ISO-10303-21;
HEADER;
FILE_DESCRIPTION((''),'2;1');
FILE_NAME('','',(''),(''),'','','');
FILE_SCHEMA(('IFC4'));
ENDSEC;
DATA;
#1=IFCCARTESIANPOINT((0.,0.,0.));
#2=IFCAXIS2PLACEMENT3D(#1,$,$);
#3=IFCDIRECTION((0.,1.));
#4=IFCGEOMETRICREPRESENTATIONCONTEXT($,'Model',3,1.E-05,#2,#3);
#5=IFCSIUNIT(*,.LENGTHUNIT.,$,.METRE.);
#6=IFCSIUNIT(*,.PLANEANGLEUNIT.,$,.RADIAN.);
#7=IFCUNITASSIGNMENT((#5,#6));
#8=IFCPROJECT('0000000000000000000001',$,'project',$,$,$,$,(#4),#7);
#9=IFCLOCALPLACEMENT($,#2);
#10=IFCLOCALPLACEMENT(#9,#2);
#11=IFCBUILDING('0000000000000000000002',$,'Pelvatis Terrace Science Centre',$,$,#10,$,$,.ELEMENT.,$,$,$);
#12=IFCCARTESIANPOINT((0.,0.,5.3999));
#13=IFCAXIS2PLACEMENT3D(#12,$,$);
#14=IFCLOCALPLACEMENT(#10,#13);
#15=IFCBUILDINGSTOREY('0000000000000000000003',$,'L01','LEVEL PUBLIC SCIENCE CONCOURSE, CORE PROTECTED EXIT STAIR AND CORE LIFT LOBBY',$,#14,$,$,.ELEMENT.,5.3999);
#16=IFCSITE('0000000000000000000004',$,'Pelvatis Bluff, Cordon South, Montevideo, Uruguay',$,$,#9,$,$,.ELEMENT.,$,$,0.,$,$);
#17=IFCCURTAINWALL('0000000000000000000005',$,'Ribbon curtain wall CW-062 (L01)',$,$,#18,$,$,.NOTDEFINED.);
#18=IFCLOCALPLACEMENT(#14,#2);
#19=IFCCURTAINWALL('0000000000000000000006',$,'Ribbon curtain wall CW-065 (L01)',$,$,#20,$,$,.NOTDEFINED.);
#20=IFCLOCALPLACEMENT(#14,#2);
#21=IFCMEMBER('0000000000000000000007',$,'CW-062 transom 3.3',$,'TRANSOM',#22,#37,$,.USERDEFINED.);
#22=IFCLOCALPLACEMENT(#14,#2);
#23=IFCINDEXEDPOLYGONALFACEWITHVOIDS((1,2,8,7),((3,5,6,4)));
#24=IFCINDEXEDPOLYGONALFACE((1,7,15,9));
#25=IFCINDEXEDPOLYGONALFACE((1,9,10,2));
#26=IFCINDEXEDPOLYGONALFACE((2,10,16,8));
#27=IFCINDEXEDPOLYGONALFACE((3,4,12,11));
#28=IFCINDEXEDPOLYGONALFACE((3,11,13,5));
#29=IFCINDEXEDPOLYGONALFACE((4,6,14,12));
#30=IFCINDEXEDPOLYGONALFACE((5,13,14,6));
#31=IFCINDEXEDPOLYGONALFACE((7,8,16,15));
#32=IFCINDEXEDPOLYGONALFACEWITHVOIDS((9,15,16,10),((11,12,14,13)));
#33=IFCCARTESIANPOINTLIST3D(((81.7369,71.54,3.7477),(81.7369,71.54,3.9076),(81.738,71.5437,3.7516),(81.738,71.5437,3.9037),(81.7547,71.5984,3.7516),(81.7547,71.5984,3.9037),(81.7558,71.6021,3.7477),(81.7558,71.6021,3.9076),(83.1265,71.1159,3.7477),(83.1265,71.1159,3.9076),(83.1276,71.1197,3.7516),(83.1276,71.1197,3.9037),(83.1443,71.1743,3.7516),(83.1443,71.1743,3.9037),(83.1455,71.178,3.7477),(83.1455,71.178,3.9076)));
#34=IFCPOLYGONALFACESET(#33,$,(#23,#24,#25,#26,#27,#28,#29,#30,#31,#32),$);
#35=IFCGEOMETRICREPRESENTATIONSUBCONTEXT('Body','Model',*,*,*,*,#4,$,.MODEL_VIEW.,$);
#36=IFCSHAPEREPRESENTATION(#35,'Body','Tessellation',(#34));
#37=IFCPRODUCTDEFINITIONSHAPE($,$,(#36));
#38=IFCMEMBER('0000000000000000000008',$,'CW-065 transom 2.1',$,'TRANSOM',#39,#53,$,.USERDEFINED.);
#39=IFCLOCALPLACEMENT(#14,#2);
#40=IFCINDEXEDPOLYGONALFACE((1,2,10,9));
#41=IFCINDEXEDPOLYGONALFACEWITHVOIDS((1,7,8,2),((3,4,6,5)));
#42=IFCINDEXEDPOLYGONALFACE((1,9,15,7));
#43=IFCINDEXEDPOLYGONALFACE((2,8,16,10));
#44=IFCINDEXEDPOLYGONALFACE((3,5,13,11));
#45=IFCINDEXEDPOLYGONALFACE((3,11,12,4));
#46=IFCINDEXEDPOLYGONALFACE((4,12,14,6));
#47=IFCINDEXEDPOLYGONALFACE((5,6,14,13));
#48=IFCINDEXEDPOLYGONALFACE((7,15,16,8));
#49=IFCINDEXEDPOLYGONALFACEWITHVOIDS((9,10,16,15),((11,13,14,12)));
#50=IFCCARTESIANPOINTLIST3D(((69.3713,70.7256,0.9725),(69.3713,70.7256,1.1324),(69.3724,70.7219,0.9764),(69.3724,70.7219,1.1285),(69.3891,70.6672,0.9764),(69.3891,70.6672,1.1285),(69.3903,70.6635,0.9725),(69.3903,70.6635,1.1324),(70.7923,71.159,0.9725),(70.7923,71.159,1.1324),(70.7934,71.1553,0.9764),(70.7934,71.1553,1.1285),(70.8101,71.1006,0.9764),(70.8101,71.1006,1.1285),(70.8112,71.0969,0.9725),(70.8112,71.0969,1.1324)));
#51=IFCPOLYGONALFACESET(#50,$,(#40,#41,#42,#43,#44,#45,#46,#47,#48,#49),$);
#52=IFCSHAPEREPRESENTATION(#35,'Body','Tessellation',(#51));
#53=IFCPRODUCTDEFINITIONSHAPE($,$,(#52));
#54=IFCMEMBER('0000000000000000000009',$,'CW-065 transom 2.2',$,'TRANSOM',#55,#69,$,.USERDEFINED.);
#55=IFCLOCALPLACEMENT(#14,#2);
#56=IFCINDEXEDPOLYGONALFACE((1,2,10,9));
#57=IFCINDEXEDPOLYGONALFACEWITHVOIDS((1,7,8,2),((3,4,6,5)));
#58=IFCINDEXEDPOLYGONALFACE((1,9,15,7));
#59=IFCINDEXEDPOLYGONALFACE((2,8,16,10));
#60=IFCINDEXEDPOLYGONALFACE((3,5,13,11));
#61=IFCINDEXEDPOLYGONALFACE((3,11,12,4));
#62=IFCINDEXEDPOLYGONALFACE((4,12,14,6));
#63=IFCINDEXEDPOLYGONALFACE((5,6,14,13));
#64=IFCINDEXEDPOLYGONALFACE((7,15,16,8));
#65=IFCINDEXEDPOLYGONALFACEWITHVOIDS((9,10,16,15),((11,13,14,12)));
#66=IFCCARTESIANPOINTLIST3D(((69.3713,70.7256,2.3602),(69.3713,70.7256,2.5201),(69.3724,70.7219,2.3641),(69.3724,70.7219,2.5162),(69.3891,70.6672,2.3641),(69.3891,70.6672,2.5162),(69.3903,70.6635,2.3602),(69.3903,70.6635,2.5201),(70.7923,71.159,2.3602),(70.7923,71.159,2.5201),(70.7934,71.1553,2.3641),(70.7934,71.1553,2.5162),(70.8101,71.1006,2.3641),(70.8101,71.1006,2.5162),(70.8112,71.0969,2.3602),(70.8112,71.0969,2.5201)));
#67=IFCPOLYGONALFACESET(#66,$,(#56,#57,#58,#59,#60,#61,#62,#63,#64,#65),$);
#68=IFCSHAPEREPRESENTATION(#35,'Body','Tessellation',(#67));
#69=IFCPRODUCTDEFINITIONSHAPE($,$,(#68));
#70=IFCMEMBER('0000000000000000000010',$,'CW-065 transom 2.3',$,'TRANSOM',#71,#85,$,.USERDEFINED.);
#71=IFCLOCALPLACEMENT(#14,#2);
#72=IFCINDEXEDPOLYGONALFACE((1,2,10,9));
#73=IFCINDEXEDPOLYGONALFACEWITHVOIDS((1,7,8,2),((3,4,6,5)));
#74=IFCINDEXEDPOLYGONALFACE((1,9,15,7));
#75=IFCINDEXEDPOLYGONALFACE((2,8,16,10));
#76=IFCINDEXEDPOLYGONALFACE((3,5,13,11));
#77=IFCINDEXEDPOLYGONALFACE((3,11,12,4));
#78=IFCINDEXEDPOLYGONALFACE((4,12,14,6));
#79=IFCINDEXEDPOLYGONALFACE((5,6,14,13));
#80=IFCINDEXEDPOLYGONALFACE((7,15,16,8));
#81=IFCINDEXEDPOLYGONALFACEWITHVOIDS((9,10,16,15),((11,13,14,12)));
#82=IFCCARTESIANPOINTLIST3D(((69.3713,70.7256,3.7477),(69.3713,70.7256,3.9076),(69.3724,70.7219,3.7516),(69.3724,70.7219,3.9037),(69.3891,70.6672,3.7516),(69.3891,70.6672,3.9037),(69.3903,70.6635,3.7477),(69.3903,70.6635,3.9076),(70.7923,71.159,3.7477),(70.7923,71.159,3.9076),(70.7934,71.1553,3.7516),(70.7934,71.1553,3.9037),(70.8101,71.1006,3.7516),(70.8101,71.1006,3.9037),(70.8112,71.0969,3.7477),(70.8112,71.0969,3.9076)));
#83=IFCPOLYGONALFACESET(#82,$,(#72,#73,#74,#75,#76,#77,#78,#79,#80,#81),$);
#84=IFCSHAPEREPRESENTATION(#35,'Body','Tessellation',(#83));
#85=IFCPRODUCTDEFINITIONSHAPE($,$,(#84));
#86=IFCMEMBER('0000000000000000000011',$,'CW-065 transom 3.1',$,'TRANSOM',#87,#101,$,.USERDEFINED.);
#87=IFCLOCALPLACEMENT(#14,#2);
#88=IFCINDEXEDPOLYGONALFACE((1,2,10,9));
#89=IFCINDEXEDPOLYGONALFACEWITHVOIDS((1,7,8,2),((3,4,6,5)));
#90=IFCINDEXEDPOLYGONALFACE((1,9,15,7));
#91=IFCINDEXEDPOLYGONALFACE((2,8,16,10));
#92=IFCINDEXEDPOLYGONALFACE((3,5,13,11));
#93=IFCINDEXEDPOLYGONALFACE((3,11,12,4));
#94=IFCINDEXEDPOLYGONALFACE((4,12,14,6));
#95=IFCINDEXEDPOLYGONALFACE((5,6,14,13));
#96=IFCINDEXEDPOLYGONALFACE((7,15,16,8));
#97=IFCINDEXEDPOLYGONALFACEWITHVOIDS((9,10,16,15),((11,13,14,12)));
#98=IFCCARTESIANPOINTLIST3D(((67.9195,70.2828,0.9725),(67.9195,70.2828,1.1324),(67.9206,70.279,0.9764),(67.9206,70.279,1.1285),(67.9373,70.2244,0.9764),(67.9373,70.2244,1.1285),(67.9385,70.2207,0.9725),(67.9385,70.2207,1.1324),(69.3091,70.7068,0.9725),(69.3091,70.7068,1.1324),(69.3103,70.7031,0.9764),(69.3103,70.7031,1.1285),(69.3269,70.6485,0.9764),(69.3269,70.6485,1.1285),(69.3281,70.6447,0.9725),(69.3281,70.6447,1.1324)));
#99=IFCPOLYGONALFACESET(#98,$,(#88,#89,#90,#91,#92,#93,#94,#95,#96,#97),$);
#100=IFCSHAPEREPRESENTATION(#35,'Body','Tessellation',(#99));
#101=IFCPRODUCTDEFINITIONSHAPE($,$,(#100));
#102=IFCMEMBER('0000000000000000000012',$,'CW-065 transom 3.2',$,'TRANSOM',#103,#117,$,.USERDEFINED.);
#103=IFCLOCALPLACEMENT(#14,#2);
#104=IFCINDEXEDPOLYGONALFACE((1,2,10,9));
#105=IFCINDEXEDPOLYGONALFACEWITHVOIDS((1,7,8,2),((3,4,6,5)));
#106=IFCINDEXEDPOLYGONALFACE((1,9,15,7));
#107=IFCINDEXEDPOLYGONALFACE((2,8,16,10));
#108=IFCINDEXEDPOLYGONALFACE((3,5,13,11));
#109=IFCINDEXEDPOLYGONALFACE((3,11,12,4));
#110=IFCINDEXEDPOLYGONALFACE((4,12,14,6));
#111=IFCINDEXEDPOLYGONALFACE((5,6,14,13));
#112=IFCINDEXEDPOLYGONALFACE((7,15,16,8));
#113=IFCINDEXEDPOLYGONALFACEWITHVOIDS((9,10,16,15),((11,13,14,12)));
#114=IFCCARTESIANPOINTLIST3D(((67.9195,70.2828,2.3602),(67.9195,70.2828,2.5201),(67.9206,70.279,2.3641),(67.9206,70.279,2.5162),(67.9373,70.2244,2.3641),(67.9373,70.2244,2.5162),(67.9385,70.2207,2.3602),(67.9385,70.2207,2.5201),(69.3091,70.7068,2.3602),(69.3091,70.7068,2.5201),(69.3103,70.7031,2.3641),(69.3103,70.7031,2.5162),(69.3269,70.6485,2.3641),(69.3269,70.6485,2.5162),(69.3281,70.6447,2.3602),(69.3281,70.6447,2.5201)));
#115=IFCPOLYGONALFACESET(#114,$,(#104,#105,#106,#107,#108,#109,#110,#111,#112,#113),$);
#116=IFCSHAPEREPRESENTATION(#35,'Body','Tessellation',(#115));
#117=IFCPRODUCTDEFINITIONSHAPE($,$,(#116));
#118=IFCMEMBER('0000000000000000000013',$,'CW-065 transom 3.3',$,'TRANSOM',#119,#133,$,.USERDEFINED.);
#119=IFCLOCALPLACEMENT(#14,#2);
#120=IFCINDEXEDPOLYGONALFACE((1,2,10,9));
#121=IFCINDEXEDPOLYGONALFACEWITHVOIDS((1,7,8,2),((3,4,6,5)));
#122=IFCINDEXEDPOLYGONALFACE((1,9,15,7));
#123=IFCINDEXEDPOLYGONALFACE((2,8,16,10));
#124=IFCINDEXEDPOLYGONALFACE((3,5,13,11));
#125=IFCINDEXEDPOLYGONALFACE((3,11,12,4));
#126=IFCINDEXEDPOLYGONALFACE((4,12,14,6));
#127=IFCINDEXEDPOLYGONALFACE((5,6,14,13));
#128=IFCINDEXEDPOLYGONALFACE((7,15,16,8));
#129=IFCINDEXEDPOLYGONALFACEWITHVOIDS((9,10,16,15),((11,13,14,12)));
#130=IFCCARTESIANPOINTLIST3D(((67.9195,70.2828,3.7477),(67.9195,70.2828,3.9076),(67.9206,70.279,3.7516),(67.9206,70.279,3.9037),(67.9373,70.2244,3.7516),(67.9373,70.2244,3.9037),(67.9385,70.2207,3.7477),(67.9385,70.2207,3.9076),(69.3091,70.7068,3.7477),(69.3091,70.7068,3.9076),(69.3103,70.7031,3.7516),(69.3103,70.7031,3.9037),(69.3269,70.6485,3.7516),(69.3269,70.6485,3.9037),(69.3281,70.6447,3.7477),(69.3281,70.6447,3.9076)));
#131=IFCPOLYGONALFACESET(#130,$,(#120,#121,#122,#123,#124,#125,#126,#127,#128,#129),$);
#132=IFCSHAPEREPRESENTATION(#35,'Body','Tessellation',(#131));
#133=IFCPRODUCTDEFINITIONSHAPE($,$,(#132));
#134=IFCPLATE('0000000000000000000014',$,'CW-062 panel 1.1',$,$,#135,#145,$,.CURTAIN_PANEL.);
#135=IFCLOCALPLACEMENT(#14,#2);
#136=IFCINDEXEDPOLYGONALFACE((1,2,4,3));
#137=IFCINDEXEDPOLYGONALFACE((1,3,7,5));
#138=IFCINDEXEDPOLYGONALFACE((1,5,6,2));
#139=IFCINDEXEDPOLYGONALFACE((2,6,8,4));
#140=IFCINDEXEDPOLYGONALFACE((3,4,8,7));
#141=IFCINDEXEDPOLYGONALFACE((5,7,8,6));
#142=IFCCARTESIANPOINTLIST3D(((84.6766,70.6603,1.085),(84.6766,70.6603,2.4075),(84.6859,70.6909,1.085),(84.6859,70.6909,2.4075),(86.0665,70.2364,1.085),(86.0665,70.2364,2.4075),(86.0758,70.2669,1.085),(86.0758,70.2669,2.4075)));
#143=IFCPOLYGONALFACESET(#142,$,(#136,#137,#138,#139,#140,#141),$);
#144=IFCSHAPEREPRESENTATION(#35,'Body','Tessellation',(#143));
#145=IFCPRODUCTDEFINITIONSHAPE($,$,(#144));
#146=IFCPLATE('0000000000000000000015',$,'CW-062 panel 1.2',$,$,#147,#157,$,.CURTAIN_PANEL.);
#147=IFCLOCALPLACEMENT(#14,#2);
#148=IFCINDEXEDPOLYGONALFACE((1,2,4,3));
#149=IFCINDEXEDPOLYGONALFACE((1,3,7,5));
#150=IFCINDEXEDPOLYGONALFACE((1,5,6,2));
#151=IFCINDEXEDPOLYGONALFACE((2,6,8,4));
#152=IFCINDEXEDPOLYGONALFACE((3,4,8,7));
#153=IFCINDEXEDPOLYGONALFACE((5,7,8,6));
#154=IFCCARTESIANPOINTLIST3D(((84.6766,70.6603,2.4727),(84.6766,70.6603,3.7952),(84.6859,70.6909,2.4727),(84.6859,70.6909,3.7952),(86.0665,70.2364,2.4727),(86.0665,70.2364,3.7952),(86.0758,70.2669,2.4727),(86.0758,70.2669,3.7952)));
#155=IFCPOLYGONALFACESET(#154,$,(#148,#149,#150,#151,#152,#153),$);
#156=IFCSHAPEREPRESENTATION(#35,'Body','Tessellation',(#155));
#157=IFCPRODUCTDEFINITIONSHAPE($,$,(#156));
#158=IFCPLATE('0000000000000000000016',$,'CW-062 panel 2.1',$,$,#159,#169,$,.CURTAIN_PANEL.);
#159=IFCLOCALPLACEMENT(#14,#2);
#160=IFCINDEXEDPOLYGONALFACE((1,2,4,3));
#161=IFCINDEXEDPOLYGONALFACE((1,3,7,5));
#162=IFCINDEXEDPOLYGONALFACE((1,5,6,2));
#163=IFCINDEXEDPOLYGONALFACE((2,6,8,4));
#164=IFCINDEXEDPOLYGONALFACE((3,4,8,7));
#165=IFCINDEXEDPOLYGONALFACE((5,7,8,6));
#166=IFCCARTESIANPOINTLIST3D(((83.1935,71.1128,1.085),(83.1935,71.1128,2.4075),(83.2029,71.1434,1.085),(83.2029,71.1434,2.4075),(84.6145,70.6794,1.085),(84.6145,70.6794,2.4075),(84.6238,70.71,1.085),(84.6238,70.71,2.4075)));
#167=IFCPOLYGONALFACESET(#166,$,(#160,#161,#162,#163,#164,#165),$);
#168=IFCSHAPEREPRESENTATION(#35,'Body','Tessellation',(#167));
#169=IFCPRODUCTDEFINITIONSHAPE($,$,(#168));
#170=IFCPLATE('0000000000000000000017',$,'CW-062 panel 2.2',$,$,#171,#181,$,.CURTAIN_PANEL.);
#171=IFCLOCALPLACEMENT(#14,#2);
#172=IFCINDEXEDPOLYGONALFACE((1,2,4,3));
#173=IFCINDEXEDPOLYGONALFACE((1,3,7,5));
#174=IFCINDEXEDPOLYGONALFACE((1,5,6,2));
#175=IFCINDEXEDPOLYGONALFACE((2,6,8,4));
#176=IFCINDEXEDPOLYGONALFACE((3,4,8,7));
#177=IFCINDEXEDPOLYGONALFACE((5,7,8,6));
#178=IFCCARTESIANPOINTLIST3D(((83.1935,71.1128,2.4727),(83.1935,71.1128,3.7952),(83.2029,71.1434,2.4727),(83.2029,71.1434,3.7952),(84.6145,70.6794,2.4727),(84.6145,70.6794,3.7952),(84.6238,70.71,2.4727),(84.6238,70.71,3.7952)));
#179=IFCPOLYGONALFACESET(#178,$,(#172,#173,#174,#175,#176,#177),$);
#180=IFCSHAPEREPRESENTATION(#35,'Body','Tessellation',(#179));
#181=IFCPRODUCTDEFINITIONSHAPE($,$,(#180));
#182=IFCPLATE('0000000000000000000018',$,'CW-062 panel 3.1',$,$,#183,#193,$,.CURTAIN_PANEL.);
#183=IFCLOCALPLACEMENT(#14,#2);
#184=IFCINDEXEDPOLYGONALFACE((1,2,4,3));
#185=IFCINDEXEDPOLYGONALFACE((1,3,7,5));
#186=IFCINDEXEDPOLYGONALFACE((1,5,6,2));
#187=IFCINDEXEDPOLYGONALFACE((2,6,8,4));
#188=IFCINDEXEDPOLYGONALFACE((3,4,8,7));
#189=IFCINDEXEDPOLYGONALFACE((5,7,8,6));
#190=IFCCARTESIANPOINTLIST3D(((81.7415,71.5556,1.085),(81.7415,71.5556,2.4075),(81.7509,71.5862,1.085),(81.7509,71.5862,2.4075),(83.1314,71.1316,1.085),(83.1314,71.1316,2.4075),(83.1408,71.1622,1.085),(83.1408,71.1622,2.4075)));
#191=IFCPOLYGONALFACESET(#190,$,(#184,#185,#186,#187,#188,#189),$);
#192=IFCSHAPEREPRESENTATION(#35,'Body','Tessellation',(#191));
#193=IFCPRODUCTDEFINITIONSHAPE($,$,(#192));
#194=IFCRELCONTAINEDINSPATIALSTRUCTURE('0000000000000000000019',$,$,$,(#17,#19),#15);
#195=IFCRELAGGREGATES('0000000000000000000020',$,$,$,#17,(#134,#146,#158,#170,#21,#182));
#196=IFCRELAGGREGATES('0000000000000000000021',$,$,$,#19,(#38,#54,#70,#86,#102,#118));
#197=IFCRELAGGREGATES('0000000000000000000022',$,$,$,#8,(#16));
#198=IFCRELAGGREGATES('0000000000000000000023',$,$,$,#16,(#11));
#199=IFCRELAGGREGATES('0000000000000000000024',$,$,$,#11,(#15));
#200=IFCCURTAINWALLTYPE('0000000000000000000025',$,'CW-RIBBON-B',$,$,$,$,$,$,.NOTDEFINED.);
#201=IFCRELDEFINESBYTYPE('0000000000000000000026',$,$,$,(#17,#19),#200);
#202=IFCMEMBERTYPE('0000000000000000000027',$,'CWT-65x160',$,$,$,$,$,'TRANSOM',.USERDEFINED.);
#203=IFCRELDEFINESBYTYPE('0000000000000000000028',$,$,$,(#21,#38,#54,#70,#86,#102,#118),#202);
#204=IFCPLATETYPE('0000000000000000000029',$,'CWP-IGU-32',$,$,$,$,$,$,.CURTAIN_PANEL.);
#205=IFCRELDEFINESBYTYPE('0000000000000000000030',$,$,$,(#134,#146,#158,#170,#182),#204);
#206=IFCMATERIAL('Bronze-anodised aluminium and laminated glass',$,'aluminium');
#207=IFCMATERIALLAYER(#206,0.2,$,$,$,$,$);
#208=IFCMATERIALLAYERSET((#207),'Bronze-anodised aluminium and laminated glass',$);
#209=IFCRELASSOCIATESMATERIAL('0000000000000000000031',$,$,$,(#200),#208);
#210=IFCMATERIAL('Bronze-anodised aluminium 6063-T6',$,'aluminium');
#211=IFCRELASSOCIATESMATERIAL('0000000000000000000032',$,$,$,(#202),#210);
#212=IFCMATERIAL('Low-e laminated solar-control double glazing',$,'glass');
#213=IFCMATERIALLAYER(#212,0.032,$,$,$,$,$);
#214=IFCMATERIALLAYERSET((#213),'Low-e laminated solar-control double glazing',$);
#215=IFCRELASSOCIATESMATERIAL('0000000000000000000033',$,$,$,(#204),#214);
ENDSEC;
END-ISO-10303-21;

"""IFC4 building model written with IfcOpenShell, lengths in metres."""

from ifc_helpers import new_model, si_unit, direction, frame, origin, origin_2d, place, context, subcontext, project, spatial, rectangle, hollow_rectangle, extrude, material, layer, layer_set, material_profile, profile_set, type_object, element, aggregate, save


model = new_model("IFC4")

# Units and contexts
model_context = context("Model", 3, precision=1e-05, world=origin(), true_north=direction((0.0, 1.0)))
body_context = subcontext(model_context, "Body", "Model", "MODEL_VIEW")
ifc_project = project(units=[si_unit("LENGTHUNIT", "METRE"), si_unit("PLANEANGLEUNIT", "RADIAN")], contexts=[model_context])

# Site, building, storey
site_placement = place(None, origin())
site = spatial("IfcSite", under=ifc_project, at=site_placement, Name="Pelvatis Bluff, Cordon South, Montevideo, Uruguay", CompositionType="ELEMENT", RefElevation=0.0)
building_placement = place(site_placement, origin())
building = spatial("IfcBuilding", under=site, at=building_placement, Name="Pelvatis Terrace Science Centre", CompositionType="ELEMENT")
storey_placement = place(building_placement, frame((0.0, 0.0, 5.3999)))
storey = spatial("IfcBuildingStorey", under=building, at=storey_placement, Name="L01", Description="LEVEL PUBLIC SCIENCE CONCOURSE, CORE PROTECTED EXIT STAIR AND CORE LIFT LOBBY", CompositionType="ELEMENT", Elevation=5.3999)

# Curtain walls
ifc_material_1 = material(Name="Bronze-anodised aluminium and laminated glass", Category="aluminium")
ifc_layer_1 = layer(ifc_material_1, 0.2)
ifc_layer_set_1 = layer_set([ifc_layer_1], Name="Bronze-anodised aluminium and laminated glass")
curtain_wall_type = type_object("IfcCurtainWallType", Name="CW-RIBBON-B", PredefinedType="NOTDEFINED", material=ifc_layer_set_1)
curtain_wall_1_placement = place(storey_placement, origin())
curtain_wall_1 = element("IfcCurtainWall", 1, at=curtain_wall_1_placement, inside=storey, type_object=curtain_wall_type, Name="Ribbon curtain wall CW-062 (L01)", PredefinedType="NOTDEFINED")
curtain_wall_2_placement = place(storey_placement, origin())
curtain_wall_2 = element("IfcCurtainWall", 2, at=curtain_wall_2_placement, inside=storey, type_object=curtain_wall_type, Name="Ribbon curtain wall CW-065 (L01)", PredefinedType="NOTDEFINED")

# Members
ifc_material_2 = material(Name="Bronze-anodised aluminium 6063-T6", Category="aluminium")
ifc_material_profile_1 = material_profile(ifc_material_2, hollow_rectangle(XDim=0.0649, YDim=0.1599, WallThickness=0.0039, at=origin_2d()), Name="ALU-TRN 65x160")
ifc_profile_set_1 = profile_set([ifc_material_profile_1], Name="Bronze-anodised aluminium 6063-T6")
member_type_1 = type_object("IfcMemberType", Name="CWT-65x160", ElementType="TRANSOM", PredefinedType="USERDEFINED", material=ifc_profile_set_1)
member_1_placement = place(storey_placement, frame((83.136, 71.147, 3.8276), z_axis=(-0.956456, 0.291877, 0.0), x_axis=(-0.291877, -0.956456, 0.0)))
member_1 = element("IfcMember", 3, at=member_1_placement, type_object=member_type_1, Name="CW-062 transom 3.3", ObjectType="TRANSOM", PredefinedType="USERDEFINED", context=body_context, shape_type="SweptSolid", body=[
    extrude(hollow_rectangle(XDim=0.0649, YDim=0.1599, WallThickness=0.0039, at=origin_2d()), origin(), (0.0, 0.0, 1.0), 1.4529),
])
member_2_placement = place(storey_placement, frame((70.8018, 71.1279, 1.0525), z_axis=(-0.956505, -0.291717, 0.0), x_axis=(0.291717, -0.956505, 0.0)))
member_2 = element("IfcMember", 4, at=member_2_placement, type_object=member_type_1, Name="CW-065 transom 2.1", ObjectType="TRANSOM", PredefinedType="USERDEFINED", context=body_context, shape_type="SweptSolid", body=[
    extrude(hollow_rectangle(XDim=0.0649, YDim=0.1599, WallThickness=0.0039, at=origin_2d()), origin(), (0.0, 0.0, 1.0), 1.4856),
])
member_3_placement = place(storey_placement, frame((70.8018, 71.1279, 2.4402), z_axis=(-0.956505, -0.291717, 0.0), x_axis=(0.291717, -0.956505, 0.0)))
member_3 = element("IfcMember", 5, at=member_3_placement, type_object=member_type_1, Name="CW-065 transom 2.2", ObjectType="TRANSOM", PredefinedType="USERDEFINED", context=body_context, shape_type="SweptSolid", body=[
    extrude(hollow_rectangle(XDim=0.0649, YDim=0.1599, WallThickness=0.0039, at=origin_2d()), origin(), (0.0, 0.0, 1.0), 1.4856),
])
member_4_placement = place(storey_placement, frame((70.8018, 71.1279, 3.8276), z_axis=(-0.956505, -0.291717, 0.0), x_axis=(0.291717, -0.956505, 0.0)))
member_4 = element("IfcMember", 6, at=member_4_placement, type_object=member_type_1, Name="CW-065 transom 2.3", ObjectType="TRANSOM", PredefinedType="USERDEFINED", context=body_context, shape_type="SweptSolid", body=[
    extrude(hollow_rectangle(XDim=0.0649, YDim=0.1599, WallThickness=0.0039, at=origin_2d()), origin(), (0.0, 0.0, 1.0), 1.4856),
])
member_5_placement = place(storey_placement, frame((69.3186, 70.6758, 1.0525), z_axis=(-0.956456, -0.291877, 0.0), x_axis=(0.291877, -0.956456, 0.0)))
member_5 = element("IfcMember", 7, at=member_5_placement, type_object=member_type_1, Name="CW-065 transom 3.1", ObjectType="TRANSOM", PredefinedType="USERDEFINED", context=body_context, shape_type="SweptSolid", body=[
    extrude(hollow_rectangle(XDim=0.0649, YDim=0.1599, WallThickness=0.0039, at=origin_2d()), origin(), (0.0, 0.0, 1.0), 1.4529),
])
member_6_placement = place(storey_placement, frame((69.3186, 70.6758, 2.4402), z_axis=(-0.956456, -0.291877, 0.0), x_axis=(0.291877, -0.956456, 0.0)))
member_6 = element("IfcMember", 8, at=member_6_placement, type_object=member_type_1, Name="CW-065 transom 3.2", ObjectType="TRANSOM", PredefinedType="USERDEFINED", context=body_context, shape_type="SweptSolid", body=[
    extrude(hollow_rectangle(XDim=0.0649, YDim=0.1599, WallThickness=0.0039, at=origin_2d()), origin(), (0.0, 0.0, 1.0), 1.4529),
])
member_7_placement = place(storey_placement, frame((69.3186, 70.6758, 3.8276), z_axis=(-0.956456, -0.291877, 0.0), x_axis=(0.291877, -0.956456, 0.0)))
member_7 = element("IfcMember", 9, at=member_7_placement, type_object=member_type_1, Name="CW-065 transom 3.3", ObjectType="TRANSOM", PredefinedType="USERDEFINED", context=body_context, shape_type="SweptSolid", body=[
    extrude(hollow_rectangle(XDim=0.0649, YDim=0.1599, WallThickness=0.0039, at=origin_2d()), origin(), (0.0, 0.0, 1.0), 1.4529),
])

# Plates
ifc_material_3 = material(Name="Low-e laminated solar-control double glazing", Category="glass")
ifc_layer_2 = layer(ifc_material_3, 0.032)
ifc_layer_set_2 = layer_set([ifc_layer_2], Name="Low-e laminated solar-control double glazing")
plate_type = type_object("IfcPlateType", Name="CWP-IGU-32", PredefinedType="CURTAIN_PANEL", material=ifc_layer_set_2)
plate_1_placement = place(storey_placement, frame((85.3762, 70.4636, 1.085), z_axis=(0.0, 0.0, 1.0), x_axis=(-0.956494, 0.291751, 0.0)))
plate_1 = element("IfcPlate", 10, at=plate_1_placement, type_object=plate_type, Name="CW-062 panel 1.1", PredefinedType="CURTAIN_PANEL", context=body_context, shape_type="SweptSolid", body=[
    extrude(rectangle(XDim=1.4531, YDim=0.032, at=origin_2d()), origin(), (0.0, 0.0, 1.0), 1.3225),
])
plate_2_placement = place(storey_placement, frame((85.3762, 70.4636, 2.4727), z_axis=(0.0, 0.0, 1.0), x_axis=(-0.956494, 0.291751, 0.0)))
plate_2 = element("IfcPlate", 11, at=plate_2_placement, type_object=plate_type, Name="CW-062 panel 1.2", PredefinedType="CURTAIN_PANEL", context=body_context, shape_type="SweptSolid", body=[
    extrude(rectangle(XDim=1.4531, YDim=0.032, at=origin_2d()), origin(), (0.0, 0.0, 1.0), 1.3225),
])
plate_3_placement = place(storey_placement, frame((83.9087, 70.9114, 1.085), z_axis=(0.0, 0.0, 1.0), x_axis=(-0.956494, 0.291751, 0.0)))
plate_3 = element("IfcPlate", 12, at=plate_3_placement, type_object=plate_type, Name="CW-062 panel 2.1", PredefinedType="CURTAIN_PANEL", context=body_context, shape_type="SweptSolid", body=[
    extrude(rectangle(XDim=1.4856, YDim=0.032, at=origin_2d()), origin(), (0.0, 0.0, 1.0), 1.3225),
])
plate_4_placement = place(storey_placement, frame((83.9087, 70.9114, 2.4727), z_axis=(0.0, 0.0, 1.0), x_axis=(-0.956494, 0.291751, 0.0)))
plate_4 = element("IfcPlate", 13, at=plate_4_placement, type_object=plate_type, Name="CW-062 panel 2.2", PredefinedType="CURTAIN_PANEL", context=body_context, shape_type="SweptSolid", body=[
    extrude(rectangle(XDim=1.4856, YDim=0.032, at=origin_2d()), origin(), (0.0, 0.0, 1.0), 1.3225),
])
plate_5_placement = place(storey_placement, frame((82.4412, 71.3589, 1.085), z_axis=(0.0, 0.0, 1.0), x_axis=(-0.956494, 0.291751, 0.0)))
plate_5 = element("IfcPlate", 14, at=plate_5_placement, type_object=plate_type, Name="CW-062 panel 3.1", PredefinedType="CURTAIN_PANEL", context=body_context, shape_type="SweptSolid", body=[
    extrude(rectangle(XDim=1.4531, YDim=0.032, at=origin_2d()), origin(), (0.0, 0.0, 1.0), 1.3225),
])
aggregate(curtain_wall_1, [plate_1, plate_2, plate_3, plate_4, member_1, plate_5])
aggregate(curtain_wall_2, [member_2, member_3, member_4, member_5, member_6, member_7])

save(model, "model.ifc")
